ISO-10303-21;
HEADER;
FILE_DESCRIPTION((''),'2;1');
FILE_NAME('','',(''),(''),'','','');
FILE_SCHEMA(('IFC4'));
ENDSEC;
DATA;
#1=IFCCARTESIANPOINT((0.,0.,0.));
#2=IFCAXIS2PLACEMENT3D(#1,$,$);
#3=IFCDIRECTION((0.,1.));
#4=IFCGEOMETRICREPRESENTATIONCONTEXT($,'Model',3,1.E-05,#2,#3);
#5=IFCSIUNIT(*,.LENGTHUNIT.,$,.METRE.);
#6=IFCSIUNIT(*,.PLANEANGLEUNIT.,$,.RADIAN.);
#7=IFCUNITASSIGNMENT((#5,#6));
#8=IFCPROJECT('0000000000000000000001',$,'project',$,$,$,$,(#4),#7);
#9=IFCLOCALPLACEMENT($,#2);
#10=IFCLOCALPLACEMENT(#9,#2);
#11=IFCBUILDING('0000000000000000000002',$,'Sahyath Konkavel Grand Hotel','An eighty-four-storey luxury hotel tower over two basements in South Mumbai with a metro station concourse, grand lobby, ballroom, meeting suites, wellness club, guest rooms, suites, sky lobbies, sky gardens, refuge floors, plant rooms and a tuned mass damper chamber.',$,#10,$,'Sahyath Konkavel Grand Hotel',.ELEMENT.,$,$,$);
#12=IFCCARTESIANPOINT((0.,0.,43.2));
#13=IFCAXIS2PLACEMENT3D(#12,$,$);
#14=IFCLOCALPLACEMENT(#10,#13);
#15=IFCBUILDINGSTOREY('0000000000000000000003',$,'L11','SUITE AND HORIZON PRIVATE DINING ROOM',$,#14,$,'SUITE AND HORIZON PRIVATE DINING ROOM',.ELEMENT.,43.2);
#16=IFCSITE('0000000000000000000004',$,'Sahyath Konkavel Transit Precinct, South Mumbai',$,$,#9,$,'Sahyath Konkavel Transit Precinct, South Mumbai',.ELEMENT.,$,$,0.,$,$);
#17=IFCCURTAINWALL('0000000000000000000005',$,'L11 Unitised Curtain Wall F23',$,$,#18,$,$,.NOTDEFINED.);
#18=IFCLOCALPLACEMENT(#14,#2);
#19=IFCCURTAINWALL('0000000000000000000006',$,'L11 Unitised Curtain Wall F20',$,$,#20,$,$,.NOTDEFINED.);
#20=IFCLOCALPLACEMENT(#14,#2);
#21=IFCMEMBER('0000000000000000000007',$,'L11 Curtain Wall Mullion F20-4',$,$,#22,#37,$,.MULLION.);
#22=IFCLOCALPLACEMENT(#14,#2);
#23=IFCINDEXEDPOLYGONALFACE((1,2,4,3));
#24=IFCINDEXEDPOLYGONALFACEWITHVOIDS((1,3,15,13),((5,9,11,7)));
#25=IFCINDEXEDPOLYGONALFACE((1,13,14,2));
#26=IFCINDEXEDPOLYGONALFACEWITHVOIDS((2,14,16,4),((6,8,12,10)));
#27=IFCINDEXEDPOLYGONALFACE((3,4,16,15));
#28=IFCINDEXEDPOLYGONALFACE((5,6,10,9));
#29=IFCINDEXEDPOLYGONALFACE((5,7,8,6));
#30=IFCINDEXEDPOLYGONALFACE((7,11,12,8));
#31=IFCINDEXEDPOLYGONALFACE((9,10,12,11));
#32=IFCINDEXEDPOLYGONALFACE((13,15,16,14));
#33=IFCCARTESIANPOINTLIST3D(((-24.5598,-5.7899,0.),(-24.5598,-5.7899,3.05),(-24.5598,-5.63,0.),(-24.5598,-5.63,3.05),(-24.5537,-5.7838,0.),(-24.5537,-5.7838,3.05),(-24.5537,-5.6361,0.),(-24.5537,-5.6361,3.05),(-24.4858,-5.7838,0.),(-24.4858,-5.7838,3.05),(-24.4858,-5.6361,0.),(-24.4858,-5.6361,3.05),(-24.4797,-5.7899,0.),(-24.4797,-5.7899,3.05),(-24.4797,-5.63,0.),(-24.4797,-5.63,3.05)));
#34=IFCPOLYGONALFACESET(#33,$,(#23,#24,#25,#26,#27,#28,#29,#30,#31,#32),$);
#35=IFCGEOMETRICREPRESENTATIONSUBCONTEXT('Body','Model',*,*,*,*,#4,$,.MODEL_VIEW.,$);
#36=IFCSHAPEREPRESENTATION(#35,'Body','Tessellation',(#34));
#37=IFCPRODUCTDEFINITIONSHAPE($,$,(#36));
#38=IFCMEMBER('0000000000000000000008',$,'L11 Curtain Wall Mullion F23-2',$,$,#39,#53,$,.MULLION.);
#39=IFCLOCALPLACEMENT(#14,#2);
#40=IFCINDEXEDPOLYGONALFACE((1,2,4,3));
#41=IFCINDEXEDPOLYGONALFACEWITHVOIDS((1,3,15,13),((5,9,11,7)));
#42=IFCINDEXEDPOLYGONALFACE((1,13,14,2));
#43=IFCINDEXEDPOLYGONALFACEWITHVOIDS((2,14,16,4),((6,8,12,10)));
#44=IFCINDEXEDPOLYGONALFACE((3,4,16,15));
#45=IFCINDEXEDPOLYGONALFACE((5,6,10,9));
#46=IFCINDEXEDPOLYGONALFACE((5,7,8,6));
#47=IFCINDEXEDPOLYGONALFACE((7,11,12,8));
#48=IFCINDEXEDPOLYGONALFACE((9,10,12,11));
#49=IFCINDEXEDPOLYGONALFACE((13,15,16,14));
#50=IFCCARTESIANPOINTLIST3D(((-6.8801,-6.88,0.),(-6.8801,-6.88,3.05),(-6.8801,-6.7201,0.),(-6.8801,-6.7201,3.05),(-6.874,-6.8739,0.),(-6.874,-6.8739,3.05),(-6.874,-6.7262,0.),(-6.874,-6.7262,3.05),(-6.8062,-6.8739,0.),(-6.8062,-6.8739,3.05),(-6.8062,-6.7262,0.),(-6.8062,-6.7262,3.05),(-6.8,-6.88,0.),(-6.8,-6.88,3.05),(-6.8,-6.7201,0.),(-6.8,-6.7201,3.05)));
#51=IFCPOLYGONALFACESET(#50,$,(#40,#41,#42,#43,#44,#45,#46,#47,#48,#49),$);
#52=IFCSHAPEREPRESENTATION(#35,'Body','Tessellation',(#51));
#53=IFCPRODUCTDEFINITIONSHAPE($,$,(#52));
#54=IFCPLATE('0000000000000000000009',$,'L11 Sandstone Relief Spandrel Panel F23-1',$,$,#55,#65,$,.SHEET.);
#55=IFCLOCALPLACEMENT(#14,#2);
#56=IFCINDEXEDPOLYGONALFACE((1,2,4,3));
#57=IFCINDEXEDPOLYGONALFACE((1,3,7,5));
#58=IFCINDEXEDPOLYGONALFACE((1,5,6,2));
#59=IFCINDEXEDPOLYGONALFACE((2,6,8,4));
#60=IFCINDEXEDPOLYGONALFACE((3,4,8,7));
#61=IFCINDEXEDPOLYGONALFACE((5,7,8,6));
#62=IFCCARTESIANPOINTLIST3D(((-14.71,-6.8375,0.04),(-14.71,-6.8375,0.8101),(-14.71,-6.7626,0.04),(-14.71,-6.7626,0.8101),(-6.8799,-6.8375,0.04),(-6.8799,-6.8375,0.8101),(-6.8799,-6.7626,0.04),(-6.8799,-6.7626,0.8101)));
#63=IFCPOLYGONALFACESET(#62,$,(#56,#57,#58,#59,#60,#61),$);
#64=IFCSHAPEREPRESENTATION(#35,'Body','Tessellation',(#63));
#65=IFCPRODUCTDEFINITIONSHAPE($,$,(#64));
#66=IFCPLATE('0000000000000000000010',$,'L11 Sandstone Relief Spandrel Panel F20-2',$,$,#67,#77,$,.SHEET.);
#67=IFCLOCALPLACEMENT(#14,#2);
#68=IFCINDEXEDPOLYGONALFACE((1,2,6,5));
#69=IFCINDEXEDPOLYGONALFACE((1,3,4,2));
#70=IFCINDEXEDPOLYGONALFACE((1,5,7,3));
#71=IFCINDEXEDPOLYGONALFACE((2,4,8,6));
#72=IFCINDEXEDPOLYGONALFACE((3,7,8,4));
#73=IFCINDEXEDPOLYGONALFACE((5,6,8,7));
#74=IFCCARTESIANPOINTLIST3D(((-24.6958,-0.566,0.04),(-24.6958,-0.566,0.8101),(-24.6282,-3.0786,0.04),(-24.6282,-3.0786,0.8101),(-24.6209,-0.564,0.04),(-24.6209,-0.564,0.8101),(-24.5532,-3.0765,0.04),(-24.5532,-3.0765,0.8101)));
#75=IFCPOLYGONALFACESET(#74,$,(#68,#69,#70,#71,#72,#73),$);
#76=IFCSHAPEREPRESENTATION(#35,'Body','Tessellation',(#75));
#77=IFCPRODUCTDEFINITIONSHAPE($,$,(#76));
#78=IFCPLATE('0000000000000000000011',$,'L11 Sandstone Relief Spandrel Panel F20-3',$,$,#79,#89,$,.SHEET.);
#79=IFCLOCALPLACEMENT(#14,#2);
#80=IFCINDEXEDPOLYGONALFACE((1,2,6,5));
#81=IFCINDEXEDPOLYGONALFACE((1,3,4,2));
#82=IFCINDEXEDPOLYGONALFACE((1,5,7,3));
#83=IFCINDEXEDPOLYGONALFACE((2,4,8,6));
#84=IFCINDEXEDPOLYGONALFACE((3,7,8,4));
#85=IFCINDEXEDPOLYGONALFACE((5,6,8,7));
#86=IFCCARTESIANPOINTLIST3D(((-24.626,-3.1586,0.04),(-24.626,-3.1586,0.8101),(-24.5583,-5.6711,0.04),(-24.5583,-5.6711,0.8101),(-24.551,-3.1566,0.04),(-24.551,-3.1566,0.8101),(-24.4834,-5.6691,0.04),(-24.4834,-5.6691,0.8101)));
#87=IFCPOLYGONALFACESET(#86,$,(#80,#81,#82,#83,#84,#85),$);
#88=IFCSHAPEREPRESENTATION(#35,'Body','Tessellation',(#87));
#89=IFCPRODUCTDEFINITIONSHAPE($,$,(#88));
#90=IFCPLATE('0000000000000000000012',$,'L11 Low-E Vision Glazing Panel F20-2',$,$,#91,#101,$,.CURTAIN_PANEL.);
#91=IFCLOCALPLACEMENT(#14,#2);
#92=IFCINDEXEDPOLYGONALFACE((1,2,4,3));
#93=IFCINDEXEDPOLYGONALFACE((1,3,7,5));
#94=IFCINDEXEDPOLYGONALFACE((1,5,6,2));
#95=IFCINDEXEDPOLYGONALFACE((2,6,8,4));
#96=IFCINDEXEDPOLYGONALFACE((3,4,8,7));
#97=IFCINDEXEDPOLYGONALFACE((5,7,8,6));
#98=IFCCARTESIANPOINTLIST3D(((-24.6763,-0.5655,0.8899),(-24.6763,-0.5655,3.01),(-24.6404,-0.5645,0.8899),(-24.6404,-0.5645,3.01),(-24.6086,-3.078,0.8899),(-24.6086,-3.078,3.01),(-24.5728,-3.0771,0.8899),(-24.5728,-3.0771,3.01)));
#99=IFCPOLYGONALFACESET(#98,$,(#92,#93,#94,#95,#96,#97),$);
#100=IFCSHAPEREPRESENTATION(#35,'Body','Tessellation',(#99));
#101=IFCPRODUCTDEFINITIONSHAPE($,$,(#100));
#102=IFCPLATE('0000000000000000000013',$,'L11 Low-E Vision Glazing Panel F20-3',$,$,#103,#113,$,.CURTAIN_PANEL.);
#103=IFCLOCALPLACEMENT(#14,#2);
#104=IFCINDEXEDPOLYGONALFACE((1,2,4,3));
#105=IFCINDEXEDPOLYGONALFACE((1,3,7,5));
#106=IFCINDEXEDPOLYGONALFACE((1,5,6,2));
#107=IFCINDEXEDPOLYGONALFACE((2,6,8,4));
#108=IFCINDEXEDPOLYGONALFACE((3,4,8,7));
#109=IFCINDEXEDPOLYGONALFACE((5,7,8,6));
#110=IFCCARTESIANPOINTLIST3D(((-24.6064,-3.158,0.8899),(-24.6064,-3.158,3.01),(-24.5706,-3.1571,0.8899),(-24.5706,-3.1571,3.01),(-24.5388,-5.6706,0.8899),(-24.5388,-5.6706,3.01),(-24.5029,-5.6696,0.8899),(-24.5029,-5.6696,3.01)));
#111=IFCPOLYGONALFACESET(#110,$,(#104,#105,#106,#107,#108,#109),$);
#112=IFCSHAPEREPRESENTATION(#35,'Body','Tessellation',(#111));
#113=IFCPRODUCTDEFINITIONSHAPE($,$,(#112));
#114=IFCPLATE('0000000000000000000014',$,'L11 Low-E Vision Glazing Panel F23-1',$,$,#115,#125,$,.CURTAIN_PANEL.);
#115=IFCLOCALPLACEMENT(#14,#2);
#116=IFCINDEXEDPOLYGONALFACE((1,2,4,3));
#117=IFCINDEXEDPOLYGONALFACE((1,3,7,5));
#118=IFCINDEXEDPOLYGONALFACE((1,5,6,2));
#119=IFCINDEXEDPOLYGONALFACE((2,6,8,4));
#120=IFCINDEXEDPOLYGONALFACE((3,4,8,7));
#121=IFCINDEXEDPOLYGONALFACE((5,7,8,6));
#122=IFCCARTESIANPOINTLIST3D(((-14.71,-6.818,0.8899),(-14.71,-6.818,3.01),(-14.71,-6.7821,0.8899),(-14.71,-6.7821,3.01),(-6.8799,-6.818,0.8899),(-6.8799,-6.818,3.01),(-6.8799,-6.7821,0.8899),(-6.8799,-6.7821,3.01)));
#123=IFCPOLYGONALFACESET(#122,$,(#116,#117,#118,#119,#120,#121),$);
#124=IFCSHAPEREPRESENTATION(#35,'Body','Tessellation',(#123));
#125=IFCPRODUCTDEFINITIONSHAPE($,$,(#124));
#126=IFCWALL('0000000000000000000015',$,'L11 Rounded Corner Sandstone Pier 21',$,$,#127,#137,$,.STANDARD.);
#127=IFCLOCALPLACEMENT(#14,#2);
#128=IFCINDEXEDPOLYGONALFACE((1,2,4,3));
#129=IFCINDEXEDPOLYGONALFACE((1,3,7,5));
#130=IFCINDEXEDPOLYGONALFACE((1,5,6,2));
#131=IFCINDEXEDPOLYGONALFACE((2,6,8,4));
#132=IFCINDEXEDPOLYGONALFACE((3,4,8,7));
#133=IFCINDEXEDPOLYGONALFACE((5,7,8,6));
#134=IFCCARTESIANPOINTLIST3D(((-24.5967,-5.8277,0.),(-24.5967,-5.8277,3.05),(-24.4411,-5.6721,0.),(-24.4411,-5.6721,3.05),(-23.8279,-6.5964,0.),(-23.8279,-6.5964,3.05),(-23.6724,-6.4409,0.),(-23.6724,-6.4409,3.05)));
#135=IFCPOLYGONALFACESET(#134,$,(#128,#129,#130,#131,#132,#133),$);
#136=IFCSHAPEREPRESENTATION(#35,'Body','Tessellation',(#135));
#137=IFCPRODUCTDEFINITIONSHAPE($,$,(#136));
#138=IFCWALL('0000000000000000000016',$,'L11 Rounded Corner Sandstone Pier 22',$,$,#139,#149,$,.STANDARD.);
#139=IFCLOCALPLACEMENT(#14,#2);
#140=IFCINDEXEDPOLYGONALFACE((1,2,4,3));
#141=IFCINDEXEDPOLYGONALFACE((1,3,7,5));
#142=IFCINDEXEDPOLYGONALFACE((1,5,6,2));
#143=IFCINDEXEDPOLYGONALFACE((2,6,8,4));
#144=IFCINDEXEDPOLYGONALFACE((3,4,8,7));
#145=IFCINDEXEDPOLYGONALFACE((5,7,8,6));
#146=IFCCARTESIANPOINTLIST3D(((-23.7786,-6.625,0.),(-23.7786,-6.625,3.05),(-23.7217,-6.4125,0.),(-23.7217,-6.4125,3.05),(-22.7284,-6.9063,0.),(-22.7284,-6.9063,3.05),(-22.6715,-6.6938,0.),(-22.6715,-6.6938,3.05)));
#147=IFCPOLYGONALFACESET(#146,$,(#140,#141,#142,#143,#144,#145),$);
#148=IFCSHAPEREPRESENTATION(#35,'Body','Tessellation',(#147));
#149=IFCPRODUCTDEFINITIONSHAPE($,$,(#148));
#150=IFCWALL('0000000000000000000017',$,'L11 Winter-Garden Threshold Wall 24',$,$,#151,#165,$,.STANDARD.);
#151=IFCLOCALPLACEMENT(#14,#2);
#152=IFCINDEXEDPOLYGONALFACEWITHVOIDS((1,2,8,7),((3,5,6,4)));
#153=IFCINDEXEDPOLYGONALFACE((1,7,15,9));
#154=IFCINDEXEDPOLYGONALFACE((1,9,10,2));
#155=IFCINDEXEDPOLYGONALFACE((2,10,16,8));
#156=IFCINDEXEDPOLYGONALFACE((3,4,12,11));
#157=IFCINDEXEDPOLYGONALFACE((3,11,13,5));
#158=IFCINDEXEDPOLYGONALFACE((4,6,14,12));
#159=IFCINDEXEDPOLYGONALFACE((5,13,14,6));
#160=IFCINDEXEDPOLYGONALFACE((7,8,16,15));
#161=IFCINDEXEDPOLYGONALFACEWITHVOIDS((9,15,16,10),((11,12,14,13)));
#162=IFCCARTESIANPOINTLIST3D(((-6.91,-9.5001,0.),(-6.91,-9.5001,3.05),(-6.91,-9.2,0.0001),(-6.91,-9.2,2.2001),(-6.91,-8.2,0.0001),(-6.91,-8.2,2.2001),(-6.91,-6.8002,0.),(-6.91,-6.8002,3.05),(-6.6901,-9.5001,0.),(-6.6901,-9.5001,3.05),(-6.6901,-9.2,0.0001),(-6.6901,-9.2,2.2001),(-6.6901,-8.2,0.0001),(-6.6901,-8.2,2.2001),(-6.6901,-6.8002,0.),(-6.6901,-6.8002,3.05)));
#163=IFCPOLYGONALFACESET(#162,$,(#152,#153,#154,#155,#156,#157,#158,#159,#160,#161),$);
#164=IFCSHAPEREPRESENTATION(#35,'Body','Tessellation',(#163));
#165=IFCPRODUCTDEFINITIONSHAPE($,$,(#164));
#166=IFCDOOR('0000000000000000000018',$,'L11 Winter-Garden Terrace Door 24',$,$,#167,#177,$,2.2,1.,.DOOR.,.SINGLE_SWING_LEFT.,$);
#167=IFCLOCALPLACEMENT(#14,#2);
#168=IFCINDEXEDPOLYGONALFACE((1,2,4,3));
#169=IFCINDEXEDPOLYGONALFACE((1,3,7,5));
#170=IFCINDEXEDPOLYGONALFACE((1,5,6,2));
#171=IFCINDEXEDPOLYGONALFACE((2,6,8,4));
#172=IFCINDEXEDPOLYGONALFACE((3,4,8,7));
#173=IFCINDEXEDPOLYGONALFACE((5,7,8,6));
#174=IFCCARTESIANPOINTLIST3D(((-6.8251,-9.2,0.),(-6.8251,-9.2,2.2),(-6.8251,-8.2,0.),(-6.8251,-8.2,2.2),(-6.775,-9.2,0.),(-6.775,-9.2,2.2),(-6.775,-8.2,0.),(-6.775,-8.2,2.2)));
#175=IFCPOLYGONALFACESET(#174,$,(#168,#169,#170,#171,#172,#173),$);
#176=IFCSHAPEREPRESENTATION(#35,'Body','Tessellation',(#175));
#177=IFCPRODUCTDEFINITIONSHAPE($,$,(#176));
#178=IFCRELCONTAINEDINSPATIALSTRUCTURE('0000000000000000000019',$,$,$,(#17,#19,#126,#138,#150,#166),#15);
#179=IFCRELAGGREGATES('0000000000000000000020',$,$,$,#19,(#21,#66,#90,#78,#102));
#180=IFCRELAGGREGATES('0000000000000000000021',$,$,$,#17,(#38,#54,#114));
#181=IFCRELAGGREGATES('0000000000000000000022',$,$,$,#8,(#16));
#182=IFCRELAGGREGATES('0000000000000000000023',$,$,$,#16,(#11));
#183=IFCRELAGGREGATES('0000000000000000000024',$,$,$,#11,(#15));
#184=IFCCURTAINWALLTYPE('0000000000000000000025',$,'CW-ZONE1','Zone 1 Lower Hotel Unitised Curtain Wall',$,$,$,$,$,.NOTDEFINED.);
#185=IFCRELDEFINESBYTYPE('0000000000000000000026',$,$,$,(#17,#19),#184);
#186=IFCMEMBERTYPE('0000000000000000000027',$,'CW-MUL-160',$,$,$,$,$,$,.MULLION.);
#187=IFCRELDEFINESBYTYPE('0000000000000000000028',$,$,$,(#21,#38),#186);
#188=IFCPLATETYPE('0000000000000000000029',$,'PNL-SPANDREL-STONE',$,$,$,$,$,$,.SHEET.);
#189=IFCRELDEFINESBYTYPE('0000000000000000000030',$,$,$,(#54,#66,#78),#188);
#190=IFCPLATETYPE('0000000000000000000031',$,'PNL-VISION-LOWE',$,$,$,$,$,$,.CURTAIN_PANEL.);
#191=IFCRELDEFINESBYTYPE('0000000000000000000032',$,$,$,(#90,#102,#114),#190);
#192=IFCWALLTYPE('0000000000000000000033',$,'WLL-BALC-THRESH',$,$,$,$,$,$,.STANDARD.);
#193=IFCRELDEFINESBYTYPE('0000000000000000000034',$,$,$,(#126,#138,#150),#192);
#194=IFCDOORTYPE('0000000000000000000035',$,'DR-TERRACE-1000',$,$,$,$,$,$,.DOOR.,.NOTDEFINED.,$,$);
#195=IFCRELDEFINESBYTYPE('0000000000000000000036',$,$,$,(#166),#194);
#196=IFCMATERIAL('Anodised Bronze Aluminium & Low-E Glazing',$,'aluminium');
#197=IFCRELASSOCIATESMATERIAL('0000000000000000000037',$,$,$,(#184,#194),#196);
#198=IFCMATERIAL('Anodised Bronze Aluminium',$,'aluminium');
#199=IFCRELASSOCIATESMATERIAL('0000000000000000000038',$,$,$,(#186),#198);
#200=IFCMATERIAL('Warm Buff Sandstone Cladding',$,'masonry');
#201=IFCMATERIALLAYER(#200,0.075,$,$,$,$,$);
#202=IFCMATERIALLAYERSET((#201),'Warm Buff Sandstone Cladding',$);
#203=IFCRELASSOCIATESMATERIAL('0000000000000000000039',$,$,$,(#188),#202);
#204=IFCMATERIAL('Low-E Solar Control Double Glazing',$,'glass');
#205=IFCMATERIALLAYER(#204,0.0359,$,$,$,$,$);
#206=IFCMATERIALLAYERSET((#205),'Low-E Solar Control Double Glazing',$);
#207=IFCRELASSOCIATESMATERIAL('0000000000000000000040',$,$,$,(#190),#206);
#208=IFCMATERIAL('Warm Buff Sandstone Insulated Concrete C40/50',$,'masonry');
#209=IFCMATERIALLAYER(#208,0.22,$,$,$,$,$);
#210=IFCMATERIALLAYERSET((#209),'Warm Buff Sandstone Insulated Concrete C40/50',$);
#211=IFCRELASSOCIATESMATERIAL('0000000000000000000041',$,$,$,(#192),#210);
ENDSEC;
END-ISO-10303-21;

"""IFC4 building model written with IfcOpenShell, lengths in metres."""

from ifc_helpers import new_model, si_unit, direction, frame, frame_2d, origin, origin_2d, place, context, subcontext, project, spatial, rectangle, hollow_rectangle, extrude, source, transform, mapped, material, layer, layer_set, material_profile, profile_set, type_object, element, fill, aggregate, save


model = new_model("IFC4")

# Units and contexts
model_context = context("Model", 3, precision=1e-05, world=origin(), true_north=direction((0.0, 1.0)))
body_context = subcontext(model_context, "Body", "Model", "MODEL_VIEW")
ifc_project = project(units=[si_unit("LENGTHUNIT", "METRE"), si_unit("PLANEANGLEUNIT", "RADIAN")], contexts=[model_context])

# Site, building, storey
site_placement = place(None, origin())
site = spatial("IfcSite", under=ifc_project, at=site_placement, Name="Sahyath Konkavel Transit Precinct, South Mumbai", LongName="Sahyath Konkavel Transit Precinct, South Mumbai", CompositionType="ELEMENT", RefElevation=0.0)
building_placement = place(site_placement, origin())
building = spatial("IfcBuilding", under=site, at=building_placement, Name="Sahyath Konkavel Grand Hotel", Description="An eighty-four-storey luxury hotel tower over two basements in South Mumbai with a metro station concourse, grand lobby, ballroom, meeting suites, wellness club, guest rooms, suites, sky lobbies, sky gardens, refuge floors, plant rooms and a tuned mass damper chamber.", LongName="Sahyath Konkavel Grand Hotel", CompositionType="ELEMENT")
storey_placement = place(building_placement, frame((0.0, 0.0, 43.2)))
storey = spatial("IfcBuildingStorey", under=building, at=storey_placement, Name="L11", Description="SUITE AND HORIZON PRIVATE DINING ROOM", LongName="SUITE AND HORIZON PRIVATE DINING ROOM", CompositionType="ELEMENT", Elevation=43.2)

# Curtain walls
ifc_material_1 = material(Name="Anodised Bronze Aluminium & Low-E Glazing", Category="aluminium")
curtain_wall_type = type_object("IfcCurtainWallType", Name="CW-ZONE1", Description="Zone 1 Lower Hotel Unitised Curtain Wall", PredefinedType="NOTDEFINED", material=ifc_material_1)
curtain_wall_1_placement = place(storey_placement, origin())
curtain_wall_1 = element("IfcCurtainWall", 1, at=curtain_wall_1_placement, inside=storey, type_object=curtain_wall_type, Name="L11 Unitised Curtain Wall F23", PredefinedType="NOTDEFINED")
ifc_material_2 = material(Name="Anodised Bronze Aluminium", Category="aluminium")
curtain_wall_2_placement = place(storey_placement, origin())
curtain_wall_2 = element("IfcCurtainWall", 2, at=curtain_wall_2_placement, inside=storey, type_object=curtain_wall_type, Name="L11 Unitised Curtain Wall F20", PredefinedType="NOTDEFINED")

# Members
ifc_material_profile_1 = material_profile(ifc_material_2, hollow_rectangle(XDim=0.0801, YDim=0.1599, WallThickness=0.0061, at=origin_2d()), Name="RHS 160x80x6")
ifc_profile_set_1 = profile_set([ifc_material_profile_1], Name="Anodised Bronze Aluminium")
member_type_1 = type_object("IfcMemberType", Name="CW-MUL-160", PredefinedType="MULLION", material=ifc_profile_set_1)
shared_shape_1 = source(origin(), body_context, "Body", "SweptSolid", [
    extrude(hollow_rectangle(XDim=0.0801, YDim=0.1599, WallThickness=0.0061, at=origin_2d()), origin(), (0.0, 0.0, 1.0), 3.05),
])
member_1_placement = place(storey_placement, frame((-24.5198, -5.71, 0.0), z_axis=(0.0, 0.0, 1.0), x_axis=(1.0, 0.0, 0.0)))
member_1 = element("IfcMember", 3, at=member_1_placement, type_object=member_type_1, Name="L11 Curtain Wall Mullion F20-4", PredefinedType="MULLION", context=body_context, shape_type="MappedRepresentation", body=[
    mapped(shared_shape_1, transform((0.0, 0.0, 0.0), scale=1.0)),
])
member_2_placement = place(storey_placement, frame((-6.8401, -6.8, 0.0), z_axis=(0.0, 0.0, 1.0), x_axis=(1.0, 0.0, 0.0)))
member_2 = element("IfcMember", 4, at=member_2_placement, type_object=member_type_1, Name="L11 Curtain Wall Mullion F23-2", PredefinedType="MULLION", context=body_context, shape_type="MappedRepresentation", body=[
    mapped(shared_shape_1, transform((0.0, 0.0, 0.0), scale=1.0)),
])

# Plates
ifc_material_3 = material(Name="Warm Buff Sandstone Cladding", Category="masonry")
ifc_layer_1 = layer(ifc_material_3, 0.075)
ifc_layer_set_1 = layer_set([ifc_layer_1], Name="Warm Buff Sandstone Cladding")
plate_type_1 = type_object("IfcPlateType", Name="PNL-SPANDREL-STONE", PredefinedType="SHEET", material=ifc_layer_set_1)
shared_shape_2 = source(origin(), body_context, "Body", "SweptSolid", [
    extrude(rectangle(XDim=7.8301, YDim=0.075, at=origin_2d()), origin(), (0.0, 0.0, 1.0), 0.77),
])
plate_1_placement = place(storey_placement, frame((-10.7949, -6.8, 0.04), z_axis=(0.0, 0.0, 1.0), x_axis=(1.0, 0.0, 0.0)))
plate_1 = element("IfcPlate", 5, at=plate_1_placement, type_object=plate_type_1, Name="L11 Sandstone Relief Spandrel Panel F23-1", PredefinedType="SHEET", context=body_context, shape_type="MappedRepresentation", body=[
    mapped(shared_shape_2, transform((0.0, 0.0, 0.0), scale=1.0)),
])
shared_shape_3 = source(origin(), body_context, "Body", "SweptSolid", [
    extrude(rectangle(XDim=2.5134, YDim=0.075, at=origin_2d()), origin(), (0.0, 0.0, 1.0), 0.77),
])
plate_2_placement = place(storey_placement, frame((-24.6245, -1.8213, 0.04), z_axis=(0.0, 0.0, 1.0), x_axis=(0.02691, -0.999638, 0.0)))
plate_2 = element("IfcPlate", 6, at=plate_2_placement, type_object=plate_type_1, Name="L11 Sandstone Relief Spandrel Panel F20-2", PredefinedType="SHEET", context=body_context, shape_type="MappedRepresentation", body=[
    mapped(shared_shape_3, transform((0.0, 0.0, 0.0), scale=1.0)),
])
plate_3_placement = place(storey_placement, frame((-24.5547, -4.4138, 0.04), z_axis=(0.0, 0.0, 1.0), x_axis=(0.02691, -0.999638, 0.0)))
plate_3 = element("IfcPlate", 7, at=plate_3_placement, type_object=plate_type_1, Name="L11 Sandstone Relief Spandrel Panel F20-3", PredefinedType="SHEET", context=body_context, shape_type="MappedRepresentation", body=[
    mapped(shared_shape_3, transform((0.0, 0.0, 0.0), scale=1.0)),
])
ifc_material_4 = material(Name="Low-E Solar Control Double Glazing", Category="glass")
ifc_layer_2 = layer(ifc_material_4, 0.0359)
ifc_layer_set_2 = layer_set([ifc_layer_2], Name="Low-E Solar Control Double Glazing")
plate_type_2 = type_object("IfcPlateType", Name="PNL-VISION-LOWE", PredefinedType="CURTAIN_PANEL", material=ifc_layer_set_2)
shared_shape_4 = source(origin(), body_context, "Body", "SweptSolid", [
    extrude(rectangle(XDim=2.5134, YDim=0.0359, at=origin_2d()), origin(), (0.0, 0.0, 1.0), 2.1201),
])
plate_4_placement = place(storey_placement, frame((-24.6245, -1.8213, 0.8899), z_axis=(0.0, 0.0, 1.0), x_axis=(0.02691, -0.999638, 0.0)))
plate_4 = element("IfcPlate", 8, at=plate_4_placement, type_object=plate_type_2, Name="L11 Low-E Vision Glazing Panel F20-2", PredefinedType="CURTAIN_PANEL", context=body_context, shape_type="MappedRepresentation", body=[
    mapped(shared_shape_4, transform((0.0, 0.0, 0.0), scale=1.0)),
])
plate_5_placement = place(storey_placement, frame((-24.5547, -4.4138, 0.8899), z_axis=(0.0, 0.0, 1.0), x_axis=(0.02691, -0.999638, 0.0)))
plate_5 = element("IfcPlate", 9, at=plate_5_placement, type_object=plate_type_2, Name="L11 Low-E Vision Glazing Panel F20-3", PredefinedType="CURTAIN_PANEL", context=body_context, shape_type="MappedRepresentation", body=[
    mapped(shared_shape_4, transform((0.0, 0.0, 0.0), scale=1.0)),
])
aggregate(curtain_wall_2, [member_1, plate_2, plate_4, plate_3, plate_5])
shared_shape_5 = source(origin(), body_context, "Body", "SweptSolid", [
    extrude(rectangle(XDim=7.8301, YDim=0.0359, at=origin_2d()), origin(), (0.0, 0.0, 1.0), 2.1201),
])
plate_6_placement = place(storey_placement, frame((-10.7949, -6.8, 0.8899), z_axis=(0.0, 0.0, 1.0), x_axis=(1.0, 0.0, 0.0)))
plate_6 = element("IfcPlate", 10, at=plate_6_placement, type_object=plate_type_2, Name="L11 Low-E Vision Glazing Panel F23-1", PredefinedType="CURTAIN_PANEL", context=body_context, shape_type="MappedRepresentation", body=[
    mapped(shared_shape_5, transform((0.0, 0.0, 0.0), scale=1.0)),
])
aggregate(curtain_wall_1, [member_2, plate_1, plate_6])

# Walls
ifc_material_5 = material(Name="Warm Buff Sandstone Insulated Concrete C40/50", Category="masonry")
ifc_layer_3 = layer(ifc_material_5, 0.22)
ifc_layer_set_3 = layer_set([ifc_layer_3], Name="Warm Buff Sandstone Insulated Concrete C40/50")
wall_type_1 = type_object("IfcWallType", Name="WLL-BALC-THRESH", PredefinedType="STANDARD", material=ifc_layer_set_3)
for number, where, z_axis, x_axis, name in (
    (11, (-24.5188, -5.75, 0.0), (0.0, 0.0, 1.0), (0.707107, -0.707107, 0.0), "L11 Rounded Corner Sandstone Pier 21"),
    (12, (-23.75, -6.5188, 0.0), (0.0, 0.0, 1.0), (0.965951, -0.258725, 0.0), "L11 Rounded Corner Sandstone Pier 22"),
):
    element("IfcWall", number, at=place(storey_placement, frame(where, z_axis=z_axis, x_axis=x_axis)), inside=storey, type_object=wall_type_1, Name=name, PredefinedType="STANDARD", context=body_context, shape_type="SweptSolid", body=[
        extrude(rectangle(XDim=1.0872, YDim=0.22, at=frame_2d((0.5435, 0.0))), origin(), (0.0, 0.0, 1.0), 3.05),
    ])

# Wall, opening, door
wall_1_placement = place(storey_placement, frame((-6.8, -6.8, 0.0), z_axis=(0.0, 0.0, 1.0), x_axis=(0.0, -1.0, 0.0)))
wall_1 = element("IfcWall", 13, at=wall_1_placement, inside=storey, type_object=wall_type_1, Name="L11 Winter-Garden Threshold Wall 24", PredefinedType="STANDARD", context=body_context, shape_type="SweptSolid", body=[
    extrude(rectangle(XDim=2.7, YDim=0.22, at=frame_2d((1.3501, 0.0))), origin(), (0.0, 0.0, 1.0), 3.05),
])
opening_1_placement = place(wall_1_placement, frame((1.3999, 0.0, 0.0)))
opening_1 = element("IfcOpeningElement", 14, at=opening_1_placement, cuts=wall_1, PredefinedType="OPENING", context=body_context, shape_type="SweptSolid", body=[
    extrude(rectangle(XDim=1.0, YDim=2.2, at=frame_2d((0.5, 1.1001))), frame((0.0, 0.1201, 0.0), z_axis=(0.0, -1.0, 0.0), x_axis=(1.0, 0.0, 0.0)), (0.0, 0.0, 1.0), 0.24),
])
door_type_1 = type_object("IfcDoorType", Name="DR-TERRACE-1000", OperationType="NOTDEFINED", PredefinedType="DOOR", material=ifc_material_1)
shared_shape_6 = source(origin(), body_context, "Body", "SweptSolid", [
    extrude(rectangle(XDim=1.0, YDim=0.05, at=origin_2d()), origin(), (0.0, 0.0, 1.0), 2.2),
])
door_1_placement = place(opening_1_placement, frame((0.5, 0.0, 0.0)))
door_1 = element("IfcDoor", 15, at=door_1_placement, inside=storey, type_object=door_type_1, Name="L11 Winter-Garden Terrace Door 24", OperationType="SINGLE_SWING_LEFT", OverallHeight=2.2, OverallWidth=1.0, PredefinedType="DOOR", context=body_context, shape_type="MappedRepresentation", body=[
    mapped(shared_shape_6, transform((0.0, 0.0, 0.0), scale=1.0)),
])
fill(opening_1, door_1)

save(model, "model.ifc")
